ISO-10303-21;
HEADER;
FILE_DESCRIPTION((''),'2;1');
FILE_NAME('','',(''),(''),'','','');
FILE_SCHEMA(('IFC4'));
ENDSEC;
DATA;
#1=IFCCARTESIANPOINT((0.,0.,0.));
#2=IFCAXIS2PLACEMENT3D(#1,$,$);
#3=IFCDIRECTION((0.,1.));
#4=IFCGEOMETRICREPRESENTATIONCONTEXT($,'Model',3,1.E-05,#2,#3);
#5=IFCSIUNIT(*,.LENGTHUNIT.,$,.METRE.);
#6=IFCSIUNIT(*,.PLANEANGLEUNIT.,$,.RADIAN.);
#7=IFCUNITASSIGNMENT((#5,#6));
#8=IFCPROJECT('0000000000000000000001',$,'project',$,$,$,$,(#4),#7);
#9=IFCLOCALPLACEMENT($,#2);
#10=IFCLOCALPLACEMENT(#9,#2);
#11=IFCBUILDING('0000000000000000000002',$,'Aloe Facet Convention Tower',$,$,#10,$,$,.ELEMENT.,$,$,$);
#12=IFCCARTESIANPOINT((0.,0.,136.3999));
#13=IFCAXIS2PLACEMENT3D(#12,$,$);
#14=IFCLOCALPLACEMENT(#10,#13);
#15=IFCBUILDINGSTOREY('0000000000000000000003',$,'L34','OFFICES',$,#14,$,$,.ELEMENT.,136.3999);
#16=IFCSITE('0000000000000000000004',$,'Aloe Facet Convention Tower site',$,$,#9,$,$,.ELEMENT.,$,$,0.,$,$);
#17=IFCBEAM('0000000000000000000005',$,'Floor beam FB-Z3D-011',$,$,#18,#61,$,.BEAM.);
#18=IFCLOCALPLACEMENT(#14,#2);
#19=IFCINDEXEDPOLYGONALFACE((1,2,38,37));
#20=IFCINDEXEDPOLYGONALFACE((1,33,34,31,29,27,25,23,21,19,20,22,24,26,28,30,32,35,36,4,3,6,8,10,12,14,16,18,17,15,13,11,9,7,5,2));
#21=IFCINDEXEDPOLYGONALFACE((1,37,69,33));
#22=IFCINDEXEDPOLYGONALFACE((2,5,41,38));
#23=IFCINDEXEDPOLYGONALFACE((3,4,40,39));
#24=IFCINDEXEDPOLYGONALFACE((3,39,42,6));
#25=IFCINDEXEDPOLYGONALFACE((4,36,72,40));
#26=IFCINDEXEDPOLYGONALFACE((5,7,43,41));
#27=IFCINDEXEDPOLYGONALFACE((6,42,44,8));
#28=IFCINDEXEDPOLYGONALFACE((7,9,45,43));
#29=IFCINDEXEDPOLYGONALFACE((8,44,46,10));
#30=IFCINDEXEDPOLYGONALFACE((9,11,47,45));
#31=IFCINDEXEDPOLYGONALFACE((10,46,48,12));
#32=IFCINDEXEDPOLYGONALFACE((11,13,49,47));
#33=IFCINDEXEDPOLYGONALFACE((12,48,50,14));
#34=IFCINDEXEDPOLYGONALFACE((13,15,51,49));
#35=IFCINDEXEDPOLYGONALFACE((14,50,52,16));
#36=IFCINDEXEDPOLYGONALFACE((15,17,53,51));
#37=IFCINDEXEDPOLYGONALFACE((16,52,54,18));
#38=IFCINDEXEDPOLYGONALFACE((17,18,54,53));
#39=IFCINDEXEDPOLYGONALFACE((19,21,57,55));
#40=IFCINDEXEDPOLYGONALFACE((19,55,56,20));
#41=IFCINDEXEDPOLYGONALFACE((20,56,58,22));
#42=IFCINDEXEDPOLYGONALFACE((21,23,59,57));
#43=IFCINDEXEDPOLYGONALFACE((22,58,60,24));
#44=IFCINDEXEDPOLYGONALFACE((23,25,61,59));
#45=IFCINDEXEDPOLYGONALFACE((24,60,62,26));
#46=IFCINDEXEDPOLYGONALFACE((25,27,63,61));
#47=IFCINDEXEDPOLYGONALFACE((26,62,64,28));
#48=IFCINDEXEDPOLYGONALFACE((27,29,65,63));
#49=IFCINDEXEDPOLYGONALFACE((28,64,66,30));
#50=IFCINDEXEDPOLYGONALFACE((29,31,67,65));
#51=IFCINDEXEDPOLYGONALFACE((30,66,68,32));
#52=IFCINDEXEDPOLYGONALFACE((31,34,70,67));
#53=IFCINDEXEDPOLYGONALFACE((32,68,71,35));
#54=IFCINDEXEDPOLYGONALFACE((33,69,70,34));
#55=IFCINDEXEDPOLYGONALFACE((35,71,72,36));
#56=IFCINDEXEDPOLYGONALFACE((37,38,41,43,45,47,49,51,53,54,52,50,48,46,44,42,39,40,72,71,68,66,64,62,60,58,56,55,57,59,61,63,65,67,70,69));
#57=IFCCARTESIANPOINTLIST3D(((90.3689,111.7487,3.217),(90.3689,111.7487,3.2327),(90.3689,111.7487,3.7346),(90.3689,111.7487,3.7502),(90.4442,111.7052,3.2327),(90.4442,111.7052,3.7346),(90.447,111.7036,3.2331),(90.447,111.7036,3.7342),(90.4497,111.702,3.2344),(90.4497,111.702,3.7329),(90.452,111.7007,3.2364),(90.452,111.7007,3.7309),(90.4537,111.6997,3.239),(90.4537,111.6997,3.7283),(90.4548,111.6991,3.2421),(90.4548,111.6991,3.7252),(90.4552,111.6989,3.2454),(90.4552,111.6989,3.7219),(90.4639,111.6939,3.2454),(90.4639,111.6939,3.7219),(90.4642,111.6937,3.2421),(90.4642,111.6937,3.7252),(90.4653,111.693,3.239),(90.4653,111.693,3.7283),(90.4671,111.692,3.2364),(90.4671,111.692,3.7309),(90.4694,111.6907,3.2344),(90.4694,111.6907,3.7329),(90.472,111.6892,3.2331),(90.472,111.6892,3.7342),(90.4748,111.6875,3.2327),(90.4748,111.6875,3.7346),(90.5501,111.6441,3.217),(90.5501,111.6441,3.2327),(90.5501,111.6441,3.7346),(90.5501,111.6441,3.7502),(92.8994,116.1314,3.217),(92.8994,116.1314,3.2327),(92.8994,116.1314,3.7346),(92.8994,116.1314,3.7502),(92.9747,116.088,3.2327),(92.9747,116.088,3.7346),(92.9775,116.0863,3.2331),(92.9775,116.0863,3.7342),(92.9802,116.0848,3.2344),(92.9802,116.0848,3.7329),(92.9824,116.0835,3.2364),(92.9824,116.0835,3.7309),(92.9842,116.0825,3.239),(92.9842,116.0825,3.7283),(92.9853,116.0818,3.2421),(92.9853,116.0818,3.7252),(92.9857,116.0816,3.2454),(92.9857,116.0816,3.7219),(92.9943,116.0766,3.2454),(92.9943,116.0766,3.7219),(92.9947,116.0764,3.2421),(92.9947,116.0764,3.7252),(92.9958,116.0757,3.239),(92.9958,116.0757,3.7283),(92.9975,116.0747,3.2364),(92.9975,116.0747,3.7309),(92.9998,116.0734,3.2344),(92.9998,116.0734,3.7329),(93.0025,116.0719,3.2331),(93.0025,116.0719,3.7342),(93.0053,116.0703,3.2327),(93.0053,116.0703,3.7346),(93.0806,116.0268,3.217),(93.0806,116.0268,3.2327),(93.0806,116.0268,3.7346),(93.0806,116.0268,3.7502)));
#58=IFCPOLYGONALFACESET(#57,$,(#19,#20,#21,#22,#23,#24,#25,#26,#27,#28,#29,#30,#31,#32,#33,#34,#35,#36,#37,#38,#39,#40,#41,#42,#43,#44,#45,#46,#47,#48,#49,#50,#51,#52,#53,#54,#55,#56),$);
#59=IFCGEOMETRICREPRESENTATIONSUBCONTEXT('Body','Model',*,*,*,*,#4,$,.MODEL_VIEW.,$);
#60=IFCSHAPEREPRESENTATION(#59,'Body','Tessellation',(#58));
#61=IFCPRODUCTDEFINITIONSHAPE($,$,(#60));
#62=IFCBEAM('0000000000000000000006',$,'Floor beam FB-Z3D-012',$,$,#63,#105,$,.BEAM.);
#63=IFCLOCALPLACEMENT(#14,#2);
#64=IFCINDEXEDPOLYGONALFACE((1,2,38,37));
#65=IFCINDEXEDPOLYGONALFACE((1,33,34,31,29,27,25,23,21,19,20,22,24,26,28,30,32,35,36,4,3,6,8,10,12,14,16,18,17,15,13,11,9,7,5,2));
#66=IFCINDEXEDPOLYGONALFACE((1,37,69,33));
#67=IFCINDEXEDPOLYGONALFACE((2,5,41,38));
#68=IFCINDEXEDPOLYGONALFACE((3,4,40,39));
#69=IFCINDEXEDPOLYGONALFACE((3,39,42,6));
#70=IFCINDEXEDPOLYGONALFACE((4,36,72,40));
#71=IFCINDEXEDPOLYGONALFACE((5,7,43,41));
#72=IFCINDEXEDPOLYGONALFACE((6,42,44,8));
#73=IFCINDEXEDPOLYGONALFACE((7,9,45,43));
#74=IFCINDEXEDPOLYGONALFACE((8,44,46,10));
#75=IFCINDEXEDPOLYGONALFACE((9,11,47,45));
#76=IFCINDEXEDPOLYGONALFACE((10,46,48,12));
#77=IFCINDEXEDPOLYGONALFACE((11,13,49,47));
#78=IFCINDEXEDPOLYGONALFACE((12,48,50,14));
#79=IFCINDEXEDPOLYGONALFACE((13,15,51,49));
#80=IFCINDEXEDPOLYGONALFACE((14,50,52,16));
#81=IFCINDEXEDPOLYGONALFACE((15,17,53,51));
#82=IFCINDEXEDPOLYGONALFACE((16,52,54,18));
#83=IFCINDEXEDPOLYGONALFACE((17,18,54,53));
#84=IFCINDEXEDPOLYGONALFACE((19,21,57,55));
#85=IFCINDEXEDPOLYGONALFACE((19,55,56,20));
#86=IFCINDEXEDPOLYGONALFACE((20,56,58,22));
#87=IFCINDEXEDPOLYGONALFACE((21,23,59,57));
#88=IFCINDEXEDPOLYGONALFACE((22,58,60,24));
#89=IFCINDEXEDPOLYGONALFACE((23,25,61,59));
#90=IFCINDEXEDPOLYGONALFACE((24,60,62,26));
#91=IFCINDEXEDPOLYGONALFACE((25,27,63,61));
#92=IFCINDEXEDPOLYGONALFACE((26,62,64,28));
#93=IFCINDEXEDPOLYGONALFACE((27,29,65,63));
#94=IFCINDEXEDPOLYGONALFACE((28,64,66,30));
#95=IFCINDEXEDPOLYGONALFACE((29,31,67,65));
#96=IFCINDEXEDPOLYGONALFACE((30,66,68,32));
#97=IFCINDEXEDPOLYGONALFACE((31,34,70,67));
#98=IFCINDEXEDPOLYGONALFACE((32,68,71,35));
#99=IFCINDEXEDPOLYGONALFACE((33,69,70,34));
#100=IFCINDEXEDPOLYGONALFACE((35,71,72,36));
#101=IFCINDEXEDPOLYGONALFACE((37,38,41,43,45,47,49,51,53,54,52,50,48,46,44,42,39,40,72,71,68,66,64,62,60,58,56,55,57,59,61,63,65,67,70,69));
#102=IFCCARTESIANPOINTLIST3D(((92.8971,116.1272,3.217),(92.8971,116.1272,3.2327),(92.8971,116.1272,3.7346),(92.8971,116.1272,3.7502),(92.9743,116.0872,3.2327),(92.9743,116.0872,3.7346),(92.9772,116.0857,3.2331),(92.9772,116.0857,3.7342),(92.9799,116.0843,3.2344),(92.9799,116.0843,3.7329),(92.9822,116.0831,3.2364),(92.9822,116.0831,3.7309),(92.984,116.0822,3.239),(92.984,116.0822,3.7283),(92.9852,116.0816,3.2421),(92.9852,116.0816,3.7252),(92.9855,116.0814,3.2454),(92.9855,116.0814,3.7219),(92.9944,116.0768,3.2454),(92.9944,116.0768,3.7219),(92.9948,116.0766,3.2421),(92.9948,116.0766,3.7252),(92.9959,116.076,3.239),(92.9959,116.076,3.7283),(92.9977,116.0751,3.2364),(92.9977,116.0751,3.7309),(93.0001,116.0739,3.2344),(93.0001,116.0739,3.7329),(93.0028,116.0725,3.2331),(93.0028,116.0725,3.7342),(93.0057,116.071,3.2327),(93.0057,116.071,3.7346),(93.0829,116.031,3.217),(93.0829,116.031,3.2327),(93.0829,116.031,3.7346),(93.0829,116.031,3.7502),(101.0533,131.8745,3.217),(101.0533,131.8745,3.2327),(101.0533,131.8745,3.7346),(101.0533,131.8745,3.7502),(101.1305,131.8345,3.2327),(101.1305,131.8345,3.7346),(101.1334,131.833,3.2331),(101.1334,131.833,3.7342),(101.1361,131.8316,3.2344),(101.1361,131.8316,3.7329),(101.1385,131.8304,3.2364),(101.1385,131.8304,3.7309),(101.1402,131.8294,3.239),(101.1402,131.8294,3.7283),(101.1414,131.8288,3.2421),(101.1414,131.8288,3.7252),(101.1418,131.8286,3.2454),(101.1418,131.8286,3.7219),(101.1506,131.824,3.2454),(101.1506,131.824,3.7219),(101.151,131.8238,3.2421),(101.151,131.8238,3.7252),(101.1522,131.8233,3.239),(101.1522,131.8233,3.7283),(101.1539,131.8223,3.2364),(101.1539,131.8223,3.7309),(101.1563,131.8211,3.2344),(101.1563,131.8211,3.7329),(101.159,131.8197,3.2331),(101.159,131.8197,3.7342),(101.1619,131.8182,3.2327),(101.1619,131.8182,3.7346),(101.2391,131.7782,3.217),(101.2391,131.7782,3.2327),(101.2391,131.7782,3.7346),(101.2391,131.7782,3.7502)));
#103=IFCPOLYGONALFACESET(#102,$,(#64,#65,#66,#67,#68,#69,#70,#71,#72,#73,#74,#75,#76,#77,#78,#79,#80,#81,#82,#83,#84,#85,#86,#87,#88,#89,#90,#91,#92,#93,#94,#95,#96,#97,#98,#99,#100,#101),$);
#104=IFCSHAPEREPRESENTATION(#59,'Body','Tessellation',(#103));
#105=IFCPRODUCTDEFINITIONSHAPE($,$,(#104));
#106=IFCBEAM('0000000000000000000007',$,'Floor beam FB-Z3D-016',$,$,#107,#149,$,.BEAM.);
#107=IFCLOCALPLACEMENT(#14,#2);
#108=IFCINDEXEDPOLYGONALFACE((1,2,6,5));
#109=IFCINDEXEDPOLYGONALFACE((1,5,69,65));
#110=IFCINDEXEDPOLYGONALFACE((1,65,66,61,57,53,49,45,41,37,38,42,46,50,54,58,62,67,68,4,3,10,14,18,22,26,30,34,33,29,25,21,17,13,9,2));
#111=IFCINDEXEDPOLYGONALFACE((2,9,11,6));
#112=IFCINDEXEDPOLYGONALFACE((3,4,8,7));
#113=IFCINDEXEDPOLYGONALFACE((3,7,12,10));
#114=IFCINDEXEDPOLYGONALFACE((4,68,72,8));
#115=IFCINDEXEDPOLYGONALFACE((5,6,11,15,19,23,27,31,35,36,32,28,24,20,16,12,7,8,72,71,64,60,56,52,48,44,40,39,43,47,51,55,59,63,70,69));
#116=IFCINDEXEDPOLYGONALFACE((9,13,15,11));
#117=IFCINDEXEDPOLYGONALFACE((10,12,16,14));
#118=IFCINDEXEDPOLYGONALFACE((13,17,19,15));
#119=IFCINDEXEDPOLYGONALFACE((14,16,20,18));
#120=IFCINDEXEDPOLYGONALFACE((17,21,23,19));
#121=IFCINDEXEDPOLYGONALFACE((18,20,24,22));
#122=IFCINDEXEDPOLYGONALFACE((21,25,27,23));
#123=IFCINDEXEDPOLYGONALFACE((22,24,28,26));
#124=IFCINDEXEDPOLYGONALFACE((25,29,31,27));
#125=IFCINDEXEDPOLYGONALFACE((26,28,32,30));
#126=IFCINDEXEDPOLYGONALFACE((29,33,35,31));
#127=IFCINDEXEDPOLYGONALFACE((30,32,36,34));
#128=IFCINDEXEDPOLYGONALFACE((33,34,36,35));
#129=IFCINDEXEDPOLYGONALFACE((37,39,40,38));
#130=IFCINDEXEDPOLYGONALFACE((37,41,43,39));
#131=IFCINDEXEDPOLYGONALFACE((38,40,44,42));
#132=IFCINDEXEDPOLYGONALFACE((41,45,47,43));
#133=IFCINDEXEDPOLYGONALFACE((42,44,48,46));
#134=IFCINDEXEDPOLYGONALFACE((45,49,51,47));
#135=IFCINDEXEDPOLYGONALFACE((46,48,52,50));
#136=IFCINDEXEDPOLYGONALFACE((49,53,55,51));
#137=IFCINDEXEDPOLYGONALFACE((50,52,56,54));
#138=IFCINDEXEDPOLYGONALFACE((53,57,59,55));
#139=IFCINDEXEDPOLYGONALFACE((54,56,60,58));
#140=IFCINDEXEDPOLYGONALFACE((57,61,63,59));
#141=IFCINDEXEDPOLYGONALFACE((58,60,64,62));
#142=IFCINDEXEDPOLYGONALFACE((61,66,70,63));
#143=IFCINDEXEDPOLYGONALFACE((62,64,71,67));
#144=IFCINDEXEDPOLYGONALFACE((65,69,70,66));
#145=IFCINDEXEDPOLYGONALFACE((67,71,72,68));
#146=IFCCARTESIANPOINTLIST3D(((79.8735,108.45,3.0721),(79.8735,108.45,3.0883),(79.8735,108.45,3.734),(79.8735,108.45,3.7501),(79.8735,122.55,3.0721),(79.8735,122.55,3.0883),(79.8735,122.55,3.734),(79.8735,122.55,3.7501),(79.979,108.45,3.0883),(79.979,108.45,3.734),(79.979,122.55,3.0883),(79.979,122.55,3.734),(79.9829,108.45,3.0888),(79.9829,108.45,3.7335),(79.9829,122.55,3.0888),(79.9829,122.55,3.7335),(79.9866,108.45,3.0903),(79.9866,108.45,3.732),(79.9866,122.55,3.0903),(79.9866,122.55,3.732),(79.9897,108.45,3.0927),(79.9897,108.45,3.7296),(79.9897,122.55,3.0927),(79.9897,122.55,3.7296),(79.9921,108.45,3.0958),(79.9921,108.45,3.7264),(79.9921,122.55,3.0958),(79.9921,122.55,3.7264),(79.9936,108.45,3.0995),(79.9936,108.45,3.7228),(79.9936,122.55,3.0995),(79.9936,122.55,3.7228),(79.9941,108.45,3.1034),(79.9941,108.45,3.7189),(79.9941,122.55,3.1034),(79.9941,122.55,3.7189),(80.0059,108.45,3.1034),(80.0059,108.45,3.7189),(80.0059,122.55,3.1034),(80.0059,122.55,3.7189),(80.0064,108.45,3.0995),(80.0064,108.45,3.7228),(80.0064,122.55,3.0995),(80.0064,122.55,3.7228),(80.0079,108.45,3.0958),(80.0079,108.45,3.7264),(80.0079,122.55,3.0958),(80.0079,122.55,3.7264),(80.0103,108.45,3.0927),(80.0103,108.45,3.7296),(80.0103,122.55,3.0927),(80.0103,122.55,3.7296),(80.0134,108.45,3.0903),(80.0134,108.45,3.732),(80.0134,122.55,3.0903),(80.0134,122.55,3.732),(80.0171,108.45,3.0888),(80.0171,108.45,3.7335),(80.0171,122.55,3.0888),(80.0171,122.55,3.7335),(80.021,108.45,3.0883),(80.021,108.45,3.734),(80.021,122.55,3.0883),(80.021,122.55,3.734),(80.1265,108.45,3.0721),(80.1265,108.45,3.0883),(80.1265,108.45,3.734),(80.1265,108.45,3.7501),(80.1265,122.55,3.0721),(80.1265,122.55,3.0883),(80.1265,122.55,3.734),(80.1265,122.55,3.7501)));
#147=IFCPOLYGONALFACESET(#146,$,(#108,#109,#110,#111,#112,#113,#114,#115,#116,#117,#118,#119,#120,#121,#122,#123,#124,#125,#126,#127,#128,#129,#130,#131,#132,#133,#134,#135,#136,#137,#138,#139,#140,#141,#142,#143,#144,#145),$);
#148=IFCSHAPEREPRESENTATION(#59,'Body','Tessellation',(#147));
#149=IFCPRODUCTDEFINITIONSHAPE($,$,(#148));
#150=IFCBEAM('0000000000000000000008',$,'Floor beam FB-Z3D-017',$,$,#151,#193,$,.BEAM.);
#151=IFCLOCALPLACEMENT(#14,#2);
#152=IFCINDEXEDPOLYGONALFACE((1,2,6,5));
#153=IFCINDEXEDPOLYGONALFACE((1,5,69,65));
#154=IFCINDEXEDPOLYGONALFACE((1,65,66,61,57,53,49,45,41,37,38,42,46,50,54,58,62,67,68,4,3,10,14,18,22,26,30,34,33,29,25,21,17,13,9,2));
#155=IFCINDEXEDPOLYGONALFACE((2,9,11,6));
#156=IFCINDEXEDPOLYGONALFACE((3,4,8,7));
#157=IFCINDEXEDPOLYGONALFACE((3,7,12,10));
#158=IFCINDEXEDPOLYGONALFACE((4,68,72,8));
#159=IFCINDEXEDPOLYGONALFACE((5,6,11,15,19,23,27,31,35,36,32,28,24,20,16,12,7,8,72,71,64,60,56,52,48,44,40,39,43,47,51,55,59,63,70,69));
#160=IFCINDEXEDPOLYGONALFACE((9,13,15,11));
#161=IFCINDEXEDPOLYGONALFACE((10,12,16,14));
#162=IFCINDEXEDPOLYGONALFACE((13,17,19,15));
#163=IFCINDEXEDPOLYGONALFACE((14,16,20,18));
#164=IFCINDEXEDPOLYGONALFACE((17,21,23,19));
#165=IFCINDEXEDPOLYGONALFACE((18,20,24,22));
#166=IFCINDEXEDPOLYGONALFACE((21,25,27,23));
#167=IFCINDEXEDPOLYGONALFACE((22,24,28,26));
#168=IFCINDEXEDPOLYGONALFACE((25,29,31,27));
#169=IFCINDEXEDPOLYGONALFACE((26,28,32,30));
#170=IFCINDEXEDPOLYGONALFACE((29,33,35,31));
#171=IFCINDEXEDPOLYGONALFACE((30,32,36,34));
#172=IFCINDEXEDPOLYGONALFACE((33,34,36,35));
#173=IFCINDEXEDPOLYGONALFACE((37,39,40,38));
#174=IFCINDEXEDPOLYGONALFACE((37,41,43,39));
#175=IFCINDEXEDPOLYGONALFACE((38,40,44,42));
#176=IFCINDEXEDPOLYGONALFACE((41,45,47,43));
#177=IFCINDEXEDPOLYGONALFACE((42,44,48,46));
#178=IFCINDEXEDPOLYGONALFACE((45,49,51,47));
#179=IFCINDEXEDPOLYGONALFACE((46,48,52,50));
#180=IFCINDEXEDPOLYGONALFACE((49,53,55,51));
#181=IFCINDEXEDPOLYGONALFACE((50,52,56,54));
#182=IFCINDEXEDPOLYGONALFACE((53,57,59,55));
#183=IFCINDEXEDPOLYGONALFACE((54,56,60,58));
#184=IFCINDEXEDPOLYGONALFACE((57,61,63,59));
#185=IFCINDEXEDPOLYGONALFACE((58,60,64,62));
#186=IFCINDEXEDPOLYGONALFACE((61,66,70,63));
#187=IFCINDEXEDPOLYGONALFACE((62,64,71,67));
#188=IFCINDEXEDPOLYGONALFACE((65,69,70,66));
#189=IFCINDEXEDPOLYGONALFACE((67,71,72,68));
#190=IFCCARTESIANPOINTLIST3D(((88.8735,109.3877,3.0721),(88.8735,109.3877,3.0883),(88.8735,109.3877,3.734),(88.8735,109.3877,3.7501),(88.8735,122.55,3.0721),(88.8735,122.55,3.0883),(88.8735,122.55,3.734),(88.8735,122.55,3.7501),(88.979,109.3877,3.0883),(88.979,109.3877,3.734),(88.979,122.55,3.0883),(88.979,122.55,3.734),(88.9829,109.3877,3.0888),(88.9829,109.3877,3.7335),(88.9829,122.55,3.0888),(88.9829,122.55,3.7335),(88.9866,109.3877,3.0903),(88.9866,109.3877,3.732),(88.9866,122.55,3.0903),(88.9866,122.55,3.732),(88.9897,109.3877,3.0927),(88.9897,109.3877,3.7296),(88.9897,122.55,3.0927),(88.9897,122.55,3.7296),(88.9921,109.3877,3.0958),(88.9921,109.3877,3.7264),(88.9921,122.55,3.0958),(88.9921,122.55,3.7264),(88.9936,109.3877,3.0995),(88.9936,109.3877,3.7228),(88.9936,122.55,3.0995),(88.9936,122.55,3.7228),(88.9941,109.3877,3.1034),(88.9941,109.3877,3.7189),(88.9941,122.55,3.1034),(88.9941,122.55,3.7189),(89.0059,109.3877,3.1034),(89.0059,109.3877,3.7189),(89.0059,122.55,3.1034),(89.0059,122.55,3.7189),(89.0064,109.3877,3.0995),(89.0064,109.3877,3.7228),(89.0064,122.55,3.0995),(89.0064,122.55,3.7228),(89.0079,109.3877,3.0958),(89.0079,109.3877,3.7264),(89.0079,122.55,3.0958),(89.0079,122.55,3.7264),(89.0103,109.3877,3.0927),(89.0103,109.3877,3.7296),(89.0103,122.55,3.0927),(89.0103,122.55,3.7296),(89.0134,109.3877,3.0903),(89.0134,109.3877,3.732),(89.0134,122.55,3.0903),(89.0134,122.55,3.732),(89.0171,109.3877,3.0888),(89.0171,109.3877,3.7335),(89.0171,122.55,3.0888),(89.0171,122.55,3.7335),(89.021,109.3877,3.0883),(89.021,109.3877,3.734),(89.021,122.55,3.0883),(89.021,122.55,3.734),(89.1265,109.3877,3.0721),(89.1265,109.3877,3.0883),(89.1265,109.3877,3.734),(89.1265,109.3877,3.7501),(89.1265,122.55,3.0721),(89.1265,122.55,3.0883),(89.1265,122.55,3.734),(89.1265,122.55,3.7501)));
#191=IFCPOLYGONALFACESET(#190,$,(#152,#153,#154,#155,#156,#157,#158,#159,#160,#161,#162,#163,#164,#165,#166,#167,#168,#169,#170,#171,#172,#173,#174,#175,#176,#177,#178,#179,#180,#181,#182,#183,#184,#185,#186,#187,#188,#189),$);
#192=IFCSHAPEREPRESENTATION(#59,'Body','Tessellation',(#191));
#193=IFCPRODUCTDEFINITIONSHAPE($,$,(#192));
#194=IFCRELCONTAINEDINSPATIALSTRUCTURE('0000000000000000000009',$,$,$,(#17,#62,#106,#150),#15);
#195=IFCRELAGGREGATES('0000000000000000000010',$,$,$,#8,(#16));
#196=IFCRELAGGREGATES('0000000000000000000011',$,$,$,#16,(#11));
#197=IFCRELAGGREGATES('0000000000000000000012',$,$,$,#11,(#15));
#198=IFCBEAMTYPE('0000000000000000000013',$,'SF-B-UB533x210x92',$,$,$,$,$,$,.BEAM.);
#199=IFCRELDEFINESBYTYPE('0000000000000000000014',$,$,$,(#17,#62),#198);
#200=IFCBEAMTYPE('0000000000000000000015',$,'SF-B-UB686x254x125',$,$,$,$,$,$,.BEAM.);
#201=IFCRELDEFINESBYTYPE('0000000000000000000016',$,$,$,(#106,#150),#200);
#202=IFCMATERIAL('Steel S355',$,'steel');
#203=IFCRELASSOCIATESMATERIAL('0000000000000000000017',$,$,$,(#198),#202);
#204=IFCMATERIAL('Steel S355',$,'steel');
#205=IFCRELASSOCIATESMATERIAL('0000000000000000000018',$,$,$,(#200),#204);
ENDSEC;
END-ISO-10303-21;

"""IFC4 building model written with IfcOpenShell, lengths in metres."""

from ifc_helpers import new_model, si_unit, direction, frame, origin, origin_2d, place, context, subcontext, project, spatial, i_section, extrude, material, material_profile, profile_set, type_object, element, save


model = new_model("IFC4")

# Units and contexts
model_context = context("Model", 3, precision=1e-05, world=origin(), true_north=direction((0.0, 1.0)))
body_context = subcontext(model_context, "Body", "Model", "MODEL_VIEW")
ifc_project = project(units=[si_unit("LENGTHUNIT", "METRE"), si_unit("PLANEANGLEUNIT", "RADIAN")], contexts=[model_context])

# Site, building, storey
site_placement = place(None, origin())
site = spatial("IfcSite", under=ifc_project, at=site_placement, Name="Aloe Facet Convention Tower site", CompositionType="ELEMENT", RefElevation=0.0)
building_placement = place(site_placement, origin())
building = spatial("IfcBuilding", under=site, at=building_placement, Name="Aloe Facet Convention Tower", CompositionType="ELEMENT")
storey_placement = place(building_placement, frame((0.0, 0.0, 136.3999)))
storey = spatial("IfcBuildingStorey", under=building, at=storey_placement, Name="L34", Description="OFFICES", CompositionType="ELEMENT", Elevation=136.3999)

# Beams
ifc_material_1 = material(Name="Steel S355", Category="steel")
ifc_material_profile_1 = material_profile(ifc_material_1, i_section(OverallWidth=0.2092, OverallDepth=0.5332, WebThickness=0.01, FlangeThickness=0.0156, FilletRadius=0.0127, at=origin_2d()), Name="UB 533x210x92")
ifc_profile_set_1 = profile_set([ifc_material_profile_1], Name="Steel S355")
beam_type_1 = type_object("IfcBeamType", Name="SF-B-UB533x210x92", PredefinedType="BEAM", material=ifc_profile_set_1)
beam_1_placement = place(storey_placement, frame((92.99, 116.0791, 3.4836), z_axis=(-0.500015, -0.866017, 0.0), x_axis=(0.866017, -0.500015, 0.0)))
element("IfcBeam", 1, at=beam_1_placement, inside=storey, type_object=beam_type_1, Name="Floor beam FB-Z3D-011", PredefinedType="BEAM", context=body_context, shape_type="SweptSolid", body=[
    extrude(i_section(OverallWidth=0.2092, OverallDepth=0.5332, WebThickness=0.01, FlangeThickness=0.0156, FilletRadius=0.0127, at=origin_2d()), origin(), (0.0, 0.0, 1.0), 5.0608),
])
beam_2_placement = place(storey_placement, frame((92.99, 116.0791, 3.4836), z_axis=(0.459916, 0.887962, 0.0), x_axis=(-0.887962, 0.459916, 0.0)))
element("IfcBeam", 2, at=beam_2_placement, inside=storey, type_object=beam_type_1, Name="Floor beam FB-Z3D-012", PredefinedType="BEAM", context=body_context, shape_type="SweptSolid", body=[
    extrude(i_section(OverallWidth=0.2092, OverallDepth=0.5332, WebThickness=0.01, FlangeThickness=0.0156, FilletRadius=0.0127, at=origin_2d()), origin(), (0.0, 0.0, 1.0), 17.7341),
])
ifc_material_2 = material(Name="Steel S355", Category="steel")
ifc_material_profile_2 = material_profile(ifc_material_2, i_section(OverallWidth=0.2529, OverallDepth=0.678, WebThickness=0.0117, FlangeThickness=0.0161, FilletRadius=0.0151, at=origin_2d()), Name="UB 686x254x125")
ifc_profile_set_2 = profile_set([ifc_material_profile_2], Name="Steel S355")
beam_type_2 = type_object("IfcBeamType", Name="SF-B-UB686x254x125", PredefinedType="BEAM", material=ifc_profile_set_2)
beam_3_placement = place(storey_placement, frame((80.0, 122.55, 3.4111), z_axis=(0.0, -1.0, 0.0), x_axis=(1.0, 0.0, 0.0)))
element("IfcBeam", 3, at=beam_3_placement, inside=storey, type_object=beam_type_2, Name="Floor beam FB-Z3D-016", PredefinedType="BEAM", context=body_context, shape_type="SweptSolid", body=[
    extrude(i_section(OverallWidth=0.2529, OverallDepth=0.678, WebThickness=0.0117, FlangeThickness=0.0161, FilletRadius=0.0151, at=origin_2d()), origin(), (0.0, 0.0, 1.0), 14.1001),
])
beam_4_placement = place(storey_placement, frame((89.0, 122.55, 3.4111), z_axis=(0.0, -1.0, 0.0), x_axis=(1.0, 0.0, 0.0)))
element("IfcBeam", 4, at=beam_4_placement, inside=storey, type_object=beam_type_2, Name="Floor beam FB-Z3D-017", PredefinedType="BEAM", context=body_context, shape_type="SweptSolid", body=[
    extrude(i_section(OverallWidth=0.2529, OverallDepth=0.678, WebThickness=0.0117, FlangeThickness=0.0161, FilletRadius=0.0151, at=origin_2d()), origin(), (0.0, 0.0, 1.0), 13.1624),
])

save(model, "model.ifc")
